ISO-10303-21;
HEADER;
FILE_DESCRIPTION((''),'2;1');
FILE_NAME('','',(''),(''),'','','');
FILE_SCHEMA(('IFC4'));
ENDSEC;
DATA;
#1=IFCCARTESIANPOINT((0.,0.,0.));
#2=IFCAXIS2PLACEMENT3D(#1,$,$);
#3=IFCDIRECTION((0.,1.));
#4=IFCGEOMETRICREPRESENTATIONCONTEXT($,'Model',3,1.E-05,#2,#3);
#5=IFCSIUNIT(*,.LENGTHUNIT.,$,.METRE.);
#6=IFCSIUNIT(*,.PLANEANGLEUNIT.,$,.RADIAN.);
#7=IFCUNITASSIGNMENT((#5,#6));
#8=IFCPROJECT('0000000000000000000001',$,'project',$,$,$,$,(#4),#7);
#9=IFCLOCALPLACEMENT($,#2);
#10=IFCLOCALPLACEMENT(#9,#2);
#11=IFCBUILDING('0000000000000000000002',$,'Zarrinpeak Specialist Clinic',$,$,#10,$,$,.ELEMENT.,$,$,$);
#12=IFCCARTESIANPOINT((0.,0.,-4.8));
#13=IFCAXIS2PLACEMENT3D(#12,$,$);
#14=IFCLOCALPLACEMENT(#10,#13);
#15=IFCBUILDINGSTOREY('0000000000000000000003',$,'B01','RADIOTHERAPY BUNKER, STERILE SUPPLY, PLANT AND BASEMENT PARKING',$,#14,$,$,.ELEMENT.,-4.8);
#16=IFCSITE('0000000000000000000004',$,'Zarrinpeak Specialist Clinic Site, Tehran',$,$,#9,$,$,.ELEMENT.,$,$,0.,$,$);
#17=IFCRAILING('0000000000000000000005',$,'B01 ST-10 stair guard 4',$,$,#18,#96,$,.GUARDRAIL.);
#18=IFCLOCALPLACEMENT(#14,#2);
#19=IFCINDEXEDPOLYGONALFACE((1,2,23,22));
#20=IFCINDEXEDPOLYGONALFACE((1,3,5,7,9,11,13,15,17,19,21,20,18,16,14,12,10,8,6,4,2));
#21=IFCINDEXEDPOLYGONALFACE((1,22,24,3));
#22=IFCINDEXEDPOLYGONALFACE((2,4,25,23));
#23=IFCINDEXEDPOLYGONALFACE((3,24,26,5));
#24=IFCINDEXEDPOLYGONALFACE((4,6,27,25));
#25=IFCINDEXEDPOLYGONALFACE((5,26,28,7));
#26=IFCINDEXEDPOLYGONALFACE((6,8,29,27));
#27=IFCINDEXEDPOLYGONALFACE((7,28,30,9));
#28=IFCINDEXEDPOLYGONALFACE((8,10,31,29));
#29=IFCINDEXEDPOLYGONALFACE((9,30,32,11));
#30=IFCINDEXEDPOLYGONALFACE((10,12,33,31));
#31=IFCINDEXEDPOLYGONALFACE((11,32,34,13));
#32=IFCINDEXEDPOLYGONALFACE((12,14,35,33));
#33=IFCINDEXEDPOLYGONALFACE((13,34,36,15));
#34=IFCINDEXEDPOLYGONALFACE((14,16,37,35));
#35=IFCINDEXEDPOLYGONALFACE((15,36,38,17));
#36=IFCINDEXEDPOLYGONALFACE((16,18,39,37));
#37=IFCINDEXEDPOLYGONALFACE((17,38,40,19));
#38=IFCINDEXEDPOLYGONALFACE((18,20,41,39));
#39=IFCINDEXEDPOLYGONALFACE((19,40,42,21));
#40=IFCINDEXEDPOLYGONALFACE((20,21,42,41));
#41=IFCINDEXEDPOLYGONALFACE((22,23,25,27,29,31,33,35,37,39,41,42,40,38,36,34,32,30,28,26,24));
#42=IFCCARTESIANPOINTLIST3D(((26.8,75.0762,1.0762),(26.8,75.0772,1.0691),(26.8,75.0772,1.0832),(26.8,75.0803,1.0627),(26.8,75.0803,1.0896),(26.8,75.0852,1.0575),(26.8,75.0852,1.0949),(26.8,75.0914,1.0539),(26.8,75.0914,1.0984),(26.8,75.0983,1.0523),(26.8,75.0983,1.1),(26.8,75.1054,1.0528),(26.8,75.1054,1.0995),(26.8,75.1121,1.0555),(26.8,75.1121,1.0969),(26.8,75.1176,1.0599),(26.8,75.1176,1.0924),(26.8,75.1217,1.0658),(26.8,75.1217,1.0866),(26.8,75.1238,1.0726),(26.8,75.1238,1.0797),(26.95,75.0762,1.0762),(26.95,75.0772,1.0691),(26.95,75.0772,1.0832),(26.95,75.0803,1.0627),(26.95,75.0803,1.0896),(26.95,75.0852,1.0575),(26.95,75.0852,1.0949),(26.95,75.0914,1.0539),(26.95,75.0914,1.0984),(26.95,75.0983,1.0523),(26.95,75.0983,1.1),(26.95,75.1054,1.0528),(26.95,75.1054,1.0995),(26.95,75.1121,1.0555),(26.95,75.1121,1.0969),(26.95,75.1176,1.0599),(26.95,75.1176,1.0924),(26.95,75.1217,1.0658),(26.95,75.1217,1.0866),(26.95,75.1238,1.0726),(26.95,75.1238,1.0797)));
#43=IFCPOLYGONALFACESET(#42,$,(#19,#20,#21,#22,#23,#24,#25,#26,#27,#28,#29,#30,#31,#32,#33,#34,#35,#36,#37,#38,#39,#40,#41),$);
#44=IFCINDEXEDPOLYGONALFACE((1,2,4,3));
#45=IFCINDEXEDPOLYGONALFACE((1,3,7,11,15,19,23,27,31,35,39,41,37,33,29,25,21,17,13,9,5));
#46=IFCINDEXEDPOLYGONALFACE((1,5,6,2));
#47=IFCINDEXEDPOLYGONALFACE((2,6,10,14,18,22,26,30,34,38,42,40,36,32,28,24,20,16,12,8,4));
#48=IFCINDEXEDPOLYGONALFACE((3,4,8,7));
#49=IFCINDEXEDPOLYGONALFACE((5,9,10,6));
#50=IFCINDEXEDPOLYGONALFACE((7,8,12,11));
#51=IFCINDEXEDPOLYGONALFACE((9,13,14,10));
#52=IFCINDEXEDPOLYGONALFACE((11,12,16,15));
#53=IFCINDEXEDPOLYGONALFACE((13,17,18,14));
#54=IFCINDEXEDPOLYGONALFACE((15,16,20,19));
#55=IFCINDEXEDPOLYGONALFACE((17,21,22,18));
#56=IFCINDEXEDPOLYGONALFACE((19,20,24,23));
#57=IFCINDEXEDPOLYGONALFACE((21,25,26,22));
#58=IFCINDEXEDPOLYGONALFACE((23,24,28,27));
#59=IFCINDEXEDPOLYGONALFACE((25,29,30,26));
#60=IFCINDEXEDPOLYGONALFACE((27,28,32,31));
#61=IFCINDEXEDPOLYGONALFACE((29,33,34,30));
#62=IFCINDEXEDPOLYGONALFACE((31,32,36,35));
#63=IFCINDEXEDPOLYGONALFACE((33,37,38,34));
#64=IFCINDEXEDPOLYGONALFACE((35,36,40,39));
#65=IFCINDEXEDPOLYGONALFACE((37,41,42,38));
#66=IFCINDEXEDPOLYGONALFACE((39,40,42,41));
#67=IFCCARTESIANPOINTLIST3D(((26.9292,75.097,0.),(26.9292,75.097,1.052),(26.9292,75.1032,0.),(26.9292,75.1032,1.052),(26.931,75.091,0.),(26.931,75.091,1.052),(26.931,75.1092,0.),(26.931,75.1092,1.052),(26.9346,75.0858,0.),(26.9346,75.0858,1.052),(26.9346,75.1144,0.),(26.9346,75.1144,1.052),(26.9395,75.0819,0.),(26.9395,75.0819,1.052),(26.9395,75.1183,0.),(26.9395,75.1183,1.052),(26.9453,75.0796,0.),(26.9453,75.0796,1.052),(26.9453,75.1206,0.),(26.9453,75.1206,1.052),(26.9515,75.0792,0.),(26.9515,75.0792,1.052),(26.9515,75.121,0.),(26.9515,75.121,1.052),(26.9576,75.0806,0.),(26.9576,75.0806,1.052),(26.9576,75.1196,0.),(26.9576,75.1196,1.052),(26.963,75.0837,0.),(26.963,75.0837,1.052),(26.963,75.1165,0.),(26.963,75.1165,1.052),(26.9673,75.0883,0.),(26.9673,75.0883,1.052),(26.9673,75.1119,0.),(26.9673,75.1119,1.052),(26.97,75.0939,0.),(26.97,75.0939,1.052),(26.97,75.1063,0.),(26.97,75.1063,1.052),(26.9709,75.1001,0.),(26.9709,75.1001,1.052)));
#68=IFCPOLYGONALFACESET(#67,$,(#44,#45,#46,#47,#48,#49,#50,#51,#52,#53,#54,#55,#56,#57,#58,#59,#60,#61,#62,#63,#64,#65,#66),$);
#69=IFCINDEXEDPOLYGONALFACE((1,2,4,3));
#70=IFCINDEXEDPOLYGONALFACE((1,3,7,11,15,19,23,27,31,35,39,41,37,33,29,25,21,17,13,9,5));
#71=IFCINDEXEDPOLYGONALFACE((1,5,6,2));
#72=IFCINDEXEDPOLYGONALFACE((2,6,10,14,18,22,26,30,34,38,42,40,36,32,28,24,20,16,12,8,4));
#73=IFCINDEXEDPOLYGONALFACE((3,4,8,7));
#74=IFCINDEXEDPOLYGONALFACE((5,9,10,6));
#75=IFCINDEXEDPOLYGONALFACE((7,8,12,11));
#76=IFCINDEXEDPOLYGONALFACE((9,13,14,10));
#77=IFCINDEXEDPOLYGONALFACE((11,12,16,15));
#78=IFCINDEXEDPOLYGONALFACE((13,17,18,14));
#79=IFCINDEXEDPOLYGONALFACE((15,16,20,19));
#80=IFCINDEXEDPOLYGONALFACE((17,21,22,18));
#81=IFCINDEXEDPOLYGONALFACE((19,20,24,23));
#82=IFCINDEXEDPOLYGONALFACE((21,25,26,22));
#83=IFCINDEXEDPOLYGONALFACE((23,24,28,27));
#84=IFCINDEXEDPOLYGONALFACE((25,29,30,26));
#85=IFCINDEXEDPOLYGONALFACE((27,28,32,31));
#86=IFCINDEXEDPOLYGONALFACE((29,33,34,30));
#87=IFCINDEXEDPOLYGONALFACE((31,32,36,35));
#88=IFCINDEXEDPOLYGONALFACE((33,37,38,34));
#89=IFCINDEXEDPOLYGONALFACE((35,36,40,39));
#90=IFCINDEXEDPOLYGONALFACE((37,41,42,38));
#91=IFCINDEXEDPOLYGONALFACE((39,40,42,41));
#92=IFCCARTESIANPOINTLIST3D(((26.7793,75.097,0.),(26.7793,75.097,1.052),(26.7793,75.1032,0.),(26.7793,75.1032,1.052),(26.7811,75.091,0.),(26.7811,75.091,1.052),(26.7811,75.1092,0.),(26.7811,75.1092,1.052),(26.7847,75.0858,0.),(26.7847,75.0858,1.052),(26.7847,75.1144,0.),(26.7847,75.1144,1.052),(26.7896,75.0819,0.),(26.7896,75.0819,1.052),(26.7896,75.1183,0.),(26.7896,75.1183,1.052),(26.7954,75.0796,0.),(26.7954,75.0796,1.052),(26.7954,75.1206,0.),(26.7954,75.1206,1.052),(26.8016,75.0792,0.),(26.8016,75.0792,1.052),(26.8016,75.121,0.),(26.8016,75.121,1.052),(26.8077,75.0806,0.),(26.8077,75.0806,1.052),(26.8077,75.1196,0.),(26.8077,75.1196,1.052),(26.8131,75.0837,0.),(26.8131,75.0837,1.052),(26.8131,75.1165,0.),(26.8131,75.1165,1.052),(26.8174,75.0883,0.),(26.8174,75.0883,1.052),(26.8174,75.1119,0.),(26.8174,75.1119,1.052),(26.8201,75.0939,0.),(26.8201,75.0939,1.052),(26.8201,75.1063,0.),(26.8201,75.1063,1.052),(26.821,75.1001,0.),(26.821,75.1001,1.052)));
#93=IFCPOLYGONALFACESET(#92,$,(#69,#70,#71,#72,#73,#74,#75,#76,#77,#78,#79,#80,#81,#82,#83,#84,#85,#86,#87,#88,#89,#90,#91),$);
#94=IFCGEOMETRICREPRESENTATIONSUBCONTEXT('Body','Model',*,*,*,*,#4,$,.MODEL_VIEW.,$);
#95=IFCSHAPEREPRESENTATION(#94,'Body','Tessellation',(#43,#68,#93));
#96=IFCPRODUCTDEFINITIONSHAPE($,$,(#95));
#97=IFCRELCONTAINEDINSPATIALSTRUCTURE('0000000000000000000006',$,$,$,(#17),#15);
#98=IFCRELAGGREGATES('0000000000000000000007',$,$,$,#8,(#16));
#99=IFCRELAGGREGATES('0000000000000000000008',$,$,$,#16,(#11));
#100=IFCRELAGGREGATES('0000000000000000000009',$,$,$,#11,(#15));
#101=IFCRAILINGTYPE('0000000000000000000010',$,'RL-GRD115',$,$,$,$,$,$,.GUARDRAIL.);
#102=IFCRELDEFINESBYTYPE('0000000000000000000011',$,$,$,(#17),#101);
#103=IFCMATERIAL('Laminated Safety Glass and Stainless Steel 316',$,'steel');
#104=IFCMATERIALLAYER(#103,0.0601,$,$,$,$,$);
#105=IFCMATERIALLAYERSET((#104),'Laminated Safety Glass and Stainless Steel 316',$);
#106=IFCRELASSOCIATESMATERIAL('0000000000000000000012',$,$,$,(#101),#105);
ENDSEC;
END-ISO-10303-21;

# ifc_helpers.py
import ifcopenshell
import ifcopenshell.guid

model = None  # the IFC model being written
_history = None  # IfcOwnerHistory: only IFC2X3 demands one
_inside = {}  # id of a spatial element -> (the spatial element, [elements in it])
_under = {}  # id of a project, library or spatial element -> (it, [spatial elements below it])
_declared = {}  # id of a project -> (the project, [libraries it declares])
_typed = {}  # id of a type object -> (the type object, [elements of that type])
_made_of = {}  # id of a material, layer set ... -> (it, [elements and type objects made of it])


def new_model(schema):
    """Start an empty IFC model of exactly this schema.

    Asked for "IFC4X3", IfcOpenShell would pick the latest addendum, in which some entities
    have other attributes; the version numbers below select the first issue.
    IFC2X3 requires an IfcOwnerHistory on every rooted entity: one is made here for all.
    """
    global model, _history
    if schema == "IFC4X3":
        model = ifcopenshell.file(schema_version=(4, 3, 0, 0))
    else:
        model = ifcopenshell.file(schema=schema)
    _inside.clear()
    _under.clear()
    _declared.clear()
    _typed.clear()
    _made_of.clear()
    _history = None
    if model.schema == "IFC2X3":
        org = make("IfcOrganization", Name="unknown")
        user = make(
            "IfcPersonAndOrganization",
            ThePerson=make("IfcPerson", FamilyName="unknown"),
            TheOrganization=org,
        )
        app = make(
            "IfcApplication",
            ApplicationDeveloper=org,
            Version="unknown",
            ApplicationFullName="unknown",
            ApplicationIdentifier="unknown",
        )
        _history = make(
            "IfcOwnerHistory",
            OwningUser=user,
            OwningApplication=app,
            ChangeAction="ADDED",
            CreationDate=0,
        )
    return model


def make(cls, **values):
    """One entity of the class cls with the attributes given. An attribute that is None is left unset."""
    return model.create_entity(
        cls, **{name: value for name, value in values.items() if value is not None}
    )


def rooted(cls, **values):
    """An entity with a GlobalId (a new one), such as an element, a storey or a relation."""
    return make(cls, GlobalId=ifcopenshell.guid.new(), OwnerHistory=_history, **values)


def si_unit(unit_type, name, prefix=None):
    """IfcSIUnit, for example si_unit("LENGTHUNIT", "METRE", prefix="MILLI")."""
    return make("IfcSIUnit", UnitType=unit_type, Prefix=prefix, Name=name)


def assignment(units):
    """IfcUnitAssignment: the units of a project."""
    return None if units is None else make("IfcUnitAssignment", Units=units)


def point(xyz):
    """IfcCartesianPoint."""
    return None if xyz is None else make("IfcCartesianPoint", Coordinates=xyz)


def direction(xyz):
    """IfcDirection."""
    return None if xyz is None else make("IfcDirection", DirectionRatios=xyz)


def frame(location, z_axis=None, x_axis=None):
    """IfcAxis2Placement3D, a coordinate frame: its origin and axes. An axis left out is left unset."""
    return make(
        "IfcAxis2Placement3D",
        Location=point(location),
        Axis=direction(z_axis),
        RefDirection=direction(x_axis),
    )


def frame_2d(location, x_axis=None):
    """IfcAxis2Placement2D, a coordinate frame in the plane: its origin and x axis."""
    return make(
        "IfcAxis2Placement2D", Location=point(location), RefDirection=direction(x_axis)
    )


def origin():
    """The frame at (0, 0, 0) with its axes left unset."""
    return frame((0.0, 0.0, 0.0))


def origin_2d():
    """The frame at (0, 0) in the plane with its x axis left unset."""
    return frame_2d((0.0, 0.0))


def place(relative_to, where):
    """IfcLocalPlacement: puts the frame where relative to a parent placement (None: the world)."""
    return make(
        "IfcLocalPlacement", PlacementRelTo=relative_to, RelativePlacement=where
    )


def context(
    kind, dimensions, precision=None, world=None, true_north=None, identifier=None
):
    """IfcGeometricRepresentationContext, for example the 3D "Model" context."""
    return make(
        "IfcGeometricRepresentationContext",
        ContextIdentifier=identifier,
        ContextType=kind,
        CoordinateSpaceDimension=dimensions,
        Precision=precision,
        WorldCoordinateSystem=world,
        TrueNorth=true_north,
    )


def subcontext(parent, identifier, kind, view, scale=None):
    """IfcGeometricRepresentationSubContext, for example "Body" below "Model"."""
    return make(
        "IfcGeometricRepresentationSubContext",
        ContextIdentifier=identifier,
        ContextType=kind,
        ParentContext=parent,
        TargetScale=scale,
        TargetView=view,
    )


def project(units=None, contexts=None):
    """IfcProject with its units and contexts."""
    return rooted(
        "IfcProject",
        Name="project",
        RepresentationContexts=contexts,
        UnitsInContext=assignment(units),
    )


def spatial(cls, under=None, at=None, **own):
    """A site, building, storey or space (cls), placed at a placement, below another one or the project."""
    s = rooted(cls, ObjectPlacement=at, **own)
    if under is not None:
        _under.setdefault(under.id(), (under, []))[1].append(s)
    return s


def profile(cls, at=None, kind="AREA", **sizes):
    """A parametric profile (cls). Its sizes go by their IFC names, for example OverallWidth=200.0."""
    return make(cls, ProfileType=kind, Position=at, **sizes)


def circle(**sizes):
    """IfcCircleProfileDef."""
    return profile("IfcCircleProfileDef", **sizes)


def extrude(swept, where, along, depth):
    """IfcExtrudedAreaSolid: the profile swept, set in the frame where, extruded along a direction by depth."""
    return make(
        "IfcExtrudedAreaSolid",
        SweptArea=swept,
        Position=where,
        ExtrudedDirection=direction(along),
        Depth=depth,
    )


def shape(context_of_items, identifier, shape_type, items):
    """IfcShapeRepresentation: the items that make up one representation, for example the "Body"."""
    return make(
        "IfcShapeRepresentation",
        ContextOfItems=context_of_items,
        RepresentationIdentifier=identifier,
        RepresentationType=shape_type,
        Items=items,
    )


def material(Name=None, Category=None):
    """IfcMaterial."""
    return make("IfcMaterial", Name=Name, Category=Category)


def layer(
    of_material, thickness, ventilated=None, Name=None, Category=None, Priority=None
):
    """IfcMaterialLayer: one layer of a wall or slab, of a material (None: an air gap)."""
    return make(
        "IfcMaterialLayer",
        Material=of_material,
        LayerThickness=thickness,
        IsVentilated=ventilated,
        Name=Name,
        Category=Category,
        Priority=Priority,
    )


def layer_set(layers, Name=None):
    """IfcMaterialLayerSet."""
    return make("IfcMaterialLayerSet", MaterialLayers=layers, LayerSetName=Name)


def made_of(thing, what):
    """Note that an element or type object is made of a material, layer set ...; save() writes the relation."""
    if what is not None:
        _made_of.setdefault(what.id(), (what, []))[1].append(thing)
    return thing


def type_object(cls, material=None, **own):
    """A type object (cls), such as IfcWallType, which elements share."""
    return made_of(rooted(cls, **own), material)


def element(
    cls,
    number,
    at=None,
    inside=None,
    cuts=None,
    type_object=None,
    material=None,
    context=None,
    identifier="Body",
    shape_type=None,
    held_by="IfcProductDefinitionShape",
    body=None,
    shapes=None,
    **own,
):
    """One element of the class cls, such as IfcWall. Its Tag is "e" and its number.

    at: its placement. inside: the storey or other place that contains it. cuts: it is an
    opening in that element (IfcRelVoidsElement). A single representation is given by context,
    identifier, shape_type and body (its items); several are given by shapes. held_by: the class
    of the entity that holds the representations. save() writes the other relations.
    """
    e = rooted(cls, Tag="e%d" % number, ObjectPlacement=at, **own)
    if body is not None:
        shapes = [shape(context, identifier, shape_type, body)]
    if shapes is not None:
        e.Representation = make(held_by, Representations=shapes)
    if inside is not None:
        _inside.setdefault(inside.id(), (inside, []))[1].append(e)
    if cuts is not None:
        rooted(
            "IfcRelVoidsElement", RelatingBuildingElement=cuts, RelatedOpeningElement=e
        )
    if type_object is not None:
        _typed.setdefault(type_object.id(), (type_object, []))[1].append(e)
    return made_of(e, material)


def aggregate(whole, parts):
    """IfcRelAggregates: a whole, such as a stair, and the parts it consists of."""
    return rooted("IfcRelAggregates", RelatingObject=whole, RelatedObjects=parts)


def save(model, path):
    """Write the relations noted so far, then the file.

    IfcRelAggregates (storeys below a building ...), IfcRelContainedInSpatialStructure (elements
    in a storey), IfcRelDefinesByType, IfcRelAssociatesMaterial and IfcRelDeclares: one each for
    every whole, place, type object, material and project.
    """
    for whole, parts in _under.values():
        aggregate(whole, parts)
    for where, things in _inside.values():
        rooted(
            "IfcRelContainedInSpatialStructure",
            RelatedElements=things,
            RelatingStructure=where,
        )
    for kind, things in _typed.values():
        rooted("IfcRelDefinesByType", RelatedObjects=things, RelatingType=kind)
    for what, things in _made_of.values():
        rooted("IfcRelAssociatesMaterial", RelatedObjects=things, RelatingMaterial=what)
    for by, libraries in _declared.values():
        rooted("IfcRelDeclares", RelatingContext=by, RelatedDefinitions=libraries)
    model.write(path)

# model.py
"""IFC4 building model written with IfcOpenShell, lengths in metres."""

from ifc_helpers import new_model, si_unit, direction, frame, origin, origin_2d, place, context, subcontext, project, spatial, circle, extrude, material, layer, layer_set, type_object, element, save


model = new_model("IFC4")

# Units and contexts
model_context = context("Model", 3, precision=1e-05, world=origin(), true_north=direction((0.0, 1.0)))
body_context = subcontext(model_context, "Body", "Model", "MODEL_VIEW")
ifc_project = project(units=[si_unit("LENGTHUNIT", "METRE"), si_unit("PLANEANGLEUNIT", "RADIAN")], contexts=[model_context])

# Site, building, storey
site_placement = place(None, origin())
site = spatial("IfcSite", under=ifc_project, at=site_placement, Name="Zarrinpeak Specialist Clinic Site, Tehran", CompositionType="ELEMENT", RefElevation=0.0)
building_placement = place(site_placement, origin())
building = spatial("IfcBuilding", under=site, at=building_placement, Name="Zarrinpeak Specialist Clinic", CompositionType="ELEMENT")
storey_placement = place(building_placement, frame((0.0, 0.0, -4.8)))
storey = spatial("IfcBuildingStorey", under=building, at=storey_placement, Name="B01", Description="RADIOTHERAPY BUNKER, STERILE SUPPLY, PLANT AND BASEMENT PARKING", CompositionType="ELEMENT", Elevation=-4.8)

# Railing
ifc_material_1 = material(Name="Laminated Safety Glass and Stainless Steel 316", Category="steel")
ifc_layer_1 = layer(ifc_material_1, 0.0601)
ifc_layer_set_1 = layer_set([ifc_layer_1], Name="Laminated Safety Glass and Stainless Steel 316")
railing_type_1 = type_object("IfcRailingType", Name="RL-GRD115", PredefinedType="GUARDRAIL", material=ifc_layer_set_1)
railing_1_placement = place(storey_placement, frame((26.95, 75.1001, 0.0)))
element("IfcRailing", 1, at=railing_1_placement, inside=storey, type_object=railing_type_1, Name="B01 ST-10 stair guard 4", PredefinedType="GUARDRAIL", context=body_context, shape_type="SweptSolid", body=[
    extrude(circle(Radius=0.0239, at=origin_2d()), frame((0.0, 0.0, 1.0762), z_axis=(-1.0, 0.0, 0.0), x_axis=(0.0, -1.0, 0.0)), (0.0, 0.0, 1.0), 0.1499),
    extrude(circle(Radius=0.021, at=origin_2d()), origin(), (0.0, 0.0, 1.0), 1.052),
    extrude(circle(Radius=0.021, at=origin_2d()), frame((-0.1499, 0.0, 0.0)), (0.0, 0.0, 1.0), 1.052),
])

save(model, "model.ifc")
